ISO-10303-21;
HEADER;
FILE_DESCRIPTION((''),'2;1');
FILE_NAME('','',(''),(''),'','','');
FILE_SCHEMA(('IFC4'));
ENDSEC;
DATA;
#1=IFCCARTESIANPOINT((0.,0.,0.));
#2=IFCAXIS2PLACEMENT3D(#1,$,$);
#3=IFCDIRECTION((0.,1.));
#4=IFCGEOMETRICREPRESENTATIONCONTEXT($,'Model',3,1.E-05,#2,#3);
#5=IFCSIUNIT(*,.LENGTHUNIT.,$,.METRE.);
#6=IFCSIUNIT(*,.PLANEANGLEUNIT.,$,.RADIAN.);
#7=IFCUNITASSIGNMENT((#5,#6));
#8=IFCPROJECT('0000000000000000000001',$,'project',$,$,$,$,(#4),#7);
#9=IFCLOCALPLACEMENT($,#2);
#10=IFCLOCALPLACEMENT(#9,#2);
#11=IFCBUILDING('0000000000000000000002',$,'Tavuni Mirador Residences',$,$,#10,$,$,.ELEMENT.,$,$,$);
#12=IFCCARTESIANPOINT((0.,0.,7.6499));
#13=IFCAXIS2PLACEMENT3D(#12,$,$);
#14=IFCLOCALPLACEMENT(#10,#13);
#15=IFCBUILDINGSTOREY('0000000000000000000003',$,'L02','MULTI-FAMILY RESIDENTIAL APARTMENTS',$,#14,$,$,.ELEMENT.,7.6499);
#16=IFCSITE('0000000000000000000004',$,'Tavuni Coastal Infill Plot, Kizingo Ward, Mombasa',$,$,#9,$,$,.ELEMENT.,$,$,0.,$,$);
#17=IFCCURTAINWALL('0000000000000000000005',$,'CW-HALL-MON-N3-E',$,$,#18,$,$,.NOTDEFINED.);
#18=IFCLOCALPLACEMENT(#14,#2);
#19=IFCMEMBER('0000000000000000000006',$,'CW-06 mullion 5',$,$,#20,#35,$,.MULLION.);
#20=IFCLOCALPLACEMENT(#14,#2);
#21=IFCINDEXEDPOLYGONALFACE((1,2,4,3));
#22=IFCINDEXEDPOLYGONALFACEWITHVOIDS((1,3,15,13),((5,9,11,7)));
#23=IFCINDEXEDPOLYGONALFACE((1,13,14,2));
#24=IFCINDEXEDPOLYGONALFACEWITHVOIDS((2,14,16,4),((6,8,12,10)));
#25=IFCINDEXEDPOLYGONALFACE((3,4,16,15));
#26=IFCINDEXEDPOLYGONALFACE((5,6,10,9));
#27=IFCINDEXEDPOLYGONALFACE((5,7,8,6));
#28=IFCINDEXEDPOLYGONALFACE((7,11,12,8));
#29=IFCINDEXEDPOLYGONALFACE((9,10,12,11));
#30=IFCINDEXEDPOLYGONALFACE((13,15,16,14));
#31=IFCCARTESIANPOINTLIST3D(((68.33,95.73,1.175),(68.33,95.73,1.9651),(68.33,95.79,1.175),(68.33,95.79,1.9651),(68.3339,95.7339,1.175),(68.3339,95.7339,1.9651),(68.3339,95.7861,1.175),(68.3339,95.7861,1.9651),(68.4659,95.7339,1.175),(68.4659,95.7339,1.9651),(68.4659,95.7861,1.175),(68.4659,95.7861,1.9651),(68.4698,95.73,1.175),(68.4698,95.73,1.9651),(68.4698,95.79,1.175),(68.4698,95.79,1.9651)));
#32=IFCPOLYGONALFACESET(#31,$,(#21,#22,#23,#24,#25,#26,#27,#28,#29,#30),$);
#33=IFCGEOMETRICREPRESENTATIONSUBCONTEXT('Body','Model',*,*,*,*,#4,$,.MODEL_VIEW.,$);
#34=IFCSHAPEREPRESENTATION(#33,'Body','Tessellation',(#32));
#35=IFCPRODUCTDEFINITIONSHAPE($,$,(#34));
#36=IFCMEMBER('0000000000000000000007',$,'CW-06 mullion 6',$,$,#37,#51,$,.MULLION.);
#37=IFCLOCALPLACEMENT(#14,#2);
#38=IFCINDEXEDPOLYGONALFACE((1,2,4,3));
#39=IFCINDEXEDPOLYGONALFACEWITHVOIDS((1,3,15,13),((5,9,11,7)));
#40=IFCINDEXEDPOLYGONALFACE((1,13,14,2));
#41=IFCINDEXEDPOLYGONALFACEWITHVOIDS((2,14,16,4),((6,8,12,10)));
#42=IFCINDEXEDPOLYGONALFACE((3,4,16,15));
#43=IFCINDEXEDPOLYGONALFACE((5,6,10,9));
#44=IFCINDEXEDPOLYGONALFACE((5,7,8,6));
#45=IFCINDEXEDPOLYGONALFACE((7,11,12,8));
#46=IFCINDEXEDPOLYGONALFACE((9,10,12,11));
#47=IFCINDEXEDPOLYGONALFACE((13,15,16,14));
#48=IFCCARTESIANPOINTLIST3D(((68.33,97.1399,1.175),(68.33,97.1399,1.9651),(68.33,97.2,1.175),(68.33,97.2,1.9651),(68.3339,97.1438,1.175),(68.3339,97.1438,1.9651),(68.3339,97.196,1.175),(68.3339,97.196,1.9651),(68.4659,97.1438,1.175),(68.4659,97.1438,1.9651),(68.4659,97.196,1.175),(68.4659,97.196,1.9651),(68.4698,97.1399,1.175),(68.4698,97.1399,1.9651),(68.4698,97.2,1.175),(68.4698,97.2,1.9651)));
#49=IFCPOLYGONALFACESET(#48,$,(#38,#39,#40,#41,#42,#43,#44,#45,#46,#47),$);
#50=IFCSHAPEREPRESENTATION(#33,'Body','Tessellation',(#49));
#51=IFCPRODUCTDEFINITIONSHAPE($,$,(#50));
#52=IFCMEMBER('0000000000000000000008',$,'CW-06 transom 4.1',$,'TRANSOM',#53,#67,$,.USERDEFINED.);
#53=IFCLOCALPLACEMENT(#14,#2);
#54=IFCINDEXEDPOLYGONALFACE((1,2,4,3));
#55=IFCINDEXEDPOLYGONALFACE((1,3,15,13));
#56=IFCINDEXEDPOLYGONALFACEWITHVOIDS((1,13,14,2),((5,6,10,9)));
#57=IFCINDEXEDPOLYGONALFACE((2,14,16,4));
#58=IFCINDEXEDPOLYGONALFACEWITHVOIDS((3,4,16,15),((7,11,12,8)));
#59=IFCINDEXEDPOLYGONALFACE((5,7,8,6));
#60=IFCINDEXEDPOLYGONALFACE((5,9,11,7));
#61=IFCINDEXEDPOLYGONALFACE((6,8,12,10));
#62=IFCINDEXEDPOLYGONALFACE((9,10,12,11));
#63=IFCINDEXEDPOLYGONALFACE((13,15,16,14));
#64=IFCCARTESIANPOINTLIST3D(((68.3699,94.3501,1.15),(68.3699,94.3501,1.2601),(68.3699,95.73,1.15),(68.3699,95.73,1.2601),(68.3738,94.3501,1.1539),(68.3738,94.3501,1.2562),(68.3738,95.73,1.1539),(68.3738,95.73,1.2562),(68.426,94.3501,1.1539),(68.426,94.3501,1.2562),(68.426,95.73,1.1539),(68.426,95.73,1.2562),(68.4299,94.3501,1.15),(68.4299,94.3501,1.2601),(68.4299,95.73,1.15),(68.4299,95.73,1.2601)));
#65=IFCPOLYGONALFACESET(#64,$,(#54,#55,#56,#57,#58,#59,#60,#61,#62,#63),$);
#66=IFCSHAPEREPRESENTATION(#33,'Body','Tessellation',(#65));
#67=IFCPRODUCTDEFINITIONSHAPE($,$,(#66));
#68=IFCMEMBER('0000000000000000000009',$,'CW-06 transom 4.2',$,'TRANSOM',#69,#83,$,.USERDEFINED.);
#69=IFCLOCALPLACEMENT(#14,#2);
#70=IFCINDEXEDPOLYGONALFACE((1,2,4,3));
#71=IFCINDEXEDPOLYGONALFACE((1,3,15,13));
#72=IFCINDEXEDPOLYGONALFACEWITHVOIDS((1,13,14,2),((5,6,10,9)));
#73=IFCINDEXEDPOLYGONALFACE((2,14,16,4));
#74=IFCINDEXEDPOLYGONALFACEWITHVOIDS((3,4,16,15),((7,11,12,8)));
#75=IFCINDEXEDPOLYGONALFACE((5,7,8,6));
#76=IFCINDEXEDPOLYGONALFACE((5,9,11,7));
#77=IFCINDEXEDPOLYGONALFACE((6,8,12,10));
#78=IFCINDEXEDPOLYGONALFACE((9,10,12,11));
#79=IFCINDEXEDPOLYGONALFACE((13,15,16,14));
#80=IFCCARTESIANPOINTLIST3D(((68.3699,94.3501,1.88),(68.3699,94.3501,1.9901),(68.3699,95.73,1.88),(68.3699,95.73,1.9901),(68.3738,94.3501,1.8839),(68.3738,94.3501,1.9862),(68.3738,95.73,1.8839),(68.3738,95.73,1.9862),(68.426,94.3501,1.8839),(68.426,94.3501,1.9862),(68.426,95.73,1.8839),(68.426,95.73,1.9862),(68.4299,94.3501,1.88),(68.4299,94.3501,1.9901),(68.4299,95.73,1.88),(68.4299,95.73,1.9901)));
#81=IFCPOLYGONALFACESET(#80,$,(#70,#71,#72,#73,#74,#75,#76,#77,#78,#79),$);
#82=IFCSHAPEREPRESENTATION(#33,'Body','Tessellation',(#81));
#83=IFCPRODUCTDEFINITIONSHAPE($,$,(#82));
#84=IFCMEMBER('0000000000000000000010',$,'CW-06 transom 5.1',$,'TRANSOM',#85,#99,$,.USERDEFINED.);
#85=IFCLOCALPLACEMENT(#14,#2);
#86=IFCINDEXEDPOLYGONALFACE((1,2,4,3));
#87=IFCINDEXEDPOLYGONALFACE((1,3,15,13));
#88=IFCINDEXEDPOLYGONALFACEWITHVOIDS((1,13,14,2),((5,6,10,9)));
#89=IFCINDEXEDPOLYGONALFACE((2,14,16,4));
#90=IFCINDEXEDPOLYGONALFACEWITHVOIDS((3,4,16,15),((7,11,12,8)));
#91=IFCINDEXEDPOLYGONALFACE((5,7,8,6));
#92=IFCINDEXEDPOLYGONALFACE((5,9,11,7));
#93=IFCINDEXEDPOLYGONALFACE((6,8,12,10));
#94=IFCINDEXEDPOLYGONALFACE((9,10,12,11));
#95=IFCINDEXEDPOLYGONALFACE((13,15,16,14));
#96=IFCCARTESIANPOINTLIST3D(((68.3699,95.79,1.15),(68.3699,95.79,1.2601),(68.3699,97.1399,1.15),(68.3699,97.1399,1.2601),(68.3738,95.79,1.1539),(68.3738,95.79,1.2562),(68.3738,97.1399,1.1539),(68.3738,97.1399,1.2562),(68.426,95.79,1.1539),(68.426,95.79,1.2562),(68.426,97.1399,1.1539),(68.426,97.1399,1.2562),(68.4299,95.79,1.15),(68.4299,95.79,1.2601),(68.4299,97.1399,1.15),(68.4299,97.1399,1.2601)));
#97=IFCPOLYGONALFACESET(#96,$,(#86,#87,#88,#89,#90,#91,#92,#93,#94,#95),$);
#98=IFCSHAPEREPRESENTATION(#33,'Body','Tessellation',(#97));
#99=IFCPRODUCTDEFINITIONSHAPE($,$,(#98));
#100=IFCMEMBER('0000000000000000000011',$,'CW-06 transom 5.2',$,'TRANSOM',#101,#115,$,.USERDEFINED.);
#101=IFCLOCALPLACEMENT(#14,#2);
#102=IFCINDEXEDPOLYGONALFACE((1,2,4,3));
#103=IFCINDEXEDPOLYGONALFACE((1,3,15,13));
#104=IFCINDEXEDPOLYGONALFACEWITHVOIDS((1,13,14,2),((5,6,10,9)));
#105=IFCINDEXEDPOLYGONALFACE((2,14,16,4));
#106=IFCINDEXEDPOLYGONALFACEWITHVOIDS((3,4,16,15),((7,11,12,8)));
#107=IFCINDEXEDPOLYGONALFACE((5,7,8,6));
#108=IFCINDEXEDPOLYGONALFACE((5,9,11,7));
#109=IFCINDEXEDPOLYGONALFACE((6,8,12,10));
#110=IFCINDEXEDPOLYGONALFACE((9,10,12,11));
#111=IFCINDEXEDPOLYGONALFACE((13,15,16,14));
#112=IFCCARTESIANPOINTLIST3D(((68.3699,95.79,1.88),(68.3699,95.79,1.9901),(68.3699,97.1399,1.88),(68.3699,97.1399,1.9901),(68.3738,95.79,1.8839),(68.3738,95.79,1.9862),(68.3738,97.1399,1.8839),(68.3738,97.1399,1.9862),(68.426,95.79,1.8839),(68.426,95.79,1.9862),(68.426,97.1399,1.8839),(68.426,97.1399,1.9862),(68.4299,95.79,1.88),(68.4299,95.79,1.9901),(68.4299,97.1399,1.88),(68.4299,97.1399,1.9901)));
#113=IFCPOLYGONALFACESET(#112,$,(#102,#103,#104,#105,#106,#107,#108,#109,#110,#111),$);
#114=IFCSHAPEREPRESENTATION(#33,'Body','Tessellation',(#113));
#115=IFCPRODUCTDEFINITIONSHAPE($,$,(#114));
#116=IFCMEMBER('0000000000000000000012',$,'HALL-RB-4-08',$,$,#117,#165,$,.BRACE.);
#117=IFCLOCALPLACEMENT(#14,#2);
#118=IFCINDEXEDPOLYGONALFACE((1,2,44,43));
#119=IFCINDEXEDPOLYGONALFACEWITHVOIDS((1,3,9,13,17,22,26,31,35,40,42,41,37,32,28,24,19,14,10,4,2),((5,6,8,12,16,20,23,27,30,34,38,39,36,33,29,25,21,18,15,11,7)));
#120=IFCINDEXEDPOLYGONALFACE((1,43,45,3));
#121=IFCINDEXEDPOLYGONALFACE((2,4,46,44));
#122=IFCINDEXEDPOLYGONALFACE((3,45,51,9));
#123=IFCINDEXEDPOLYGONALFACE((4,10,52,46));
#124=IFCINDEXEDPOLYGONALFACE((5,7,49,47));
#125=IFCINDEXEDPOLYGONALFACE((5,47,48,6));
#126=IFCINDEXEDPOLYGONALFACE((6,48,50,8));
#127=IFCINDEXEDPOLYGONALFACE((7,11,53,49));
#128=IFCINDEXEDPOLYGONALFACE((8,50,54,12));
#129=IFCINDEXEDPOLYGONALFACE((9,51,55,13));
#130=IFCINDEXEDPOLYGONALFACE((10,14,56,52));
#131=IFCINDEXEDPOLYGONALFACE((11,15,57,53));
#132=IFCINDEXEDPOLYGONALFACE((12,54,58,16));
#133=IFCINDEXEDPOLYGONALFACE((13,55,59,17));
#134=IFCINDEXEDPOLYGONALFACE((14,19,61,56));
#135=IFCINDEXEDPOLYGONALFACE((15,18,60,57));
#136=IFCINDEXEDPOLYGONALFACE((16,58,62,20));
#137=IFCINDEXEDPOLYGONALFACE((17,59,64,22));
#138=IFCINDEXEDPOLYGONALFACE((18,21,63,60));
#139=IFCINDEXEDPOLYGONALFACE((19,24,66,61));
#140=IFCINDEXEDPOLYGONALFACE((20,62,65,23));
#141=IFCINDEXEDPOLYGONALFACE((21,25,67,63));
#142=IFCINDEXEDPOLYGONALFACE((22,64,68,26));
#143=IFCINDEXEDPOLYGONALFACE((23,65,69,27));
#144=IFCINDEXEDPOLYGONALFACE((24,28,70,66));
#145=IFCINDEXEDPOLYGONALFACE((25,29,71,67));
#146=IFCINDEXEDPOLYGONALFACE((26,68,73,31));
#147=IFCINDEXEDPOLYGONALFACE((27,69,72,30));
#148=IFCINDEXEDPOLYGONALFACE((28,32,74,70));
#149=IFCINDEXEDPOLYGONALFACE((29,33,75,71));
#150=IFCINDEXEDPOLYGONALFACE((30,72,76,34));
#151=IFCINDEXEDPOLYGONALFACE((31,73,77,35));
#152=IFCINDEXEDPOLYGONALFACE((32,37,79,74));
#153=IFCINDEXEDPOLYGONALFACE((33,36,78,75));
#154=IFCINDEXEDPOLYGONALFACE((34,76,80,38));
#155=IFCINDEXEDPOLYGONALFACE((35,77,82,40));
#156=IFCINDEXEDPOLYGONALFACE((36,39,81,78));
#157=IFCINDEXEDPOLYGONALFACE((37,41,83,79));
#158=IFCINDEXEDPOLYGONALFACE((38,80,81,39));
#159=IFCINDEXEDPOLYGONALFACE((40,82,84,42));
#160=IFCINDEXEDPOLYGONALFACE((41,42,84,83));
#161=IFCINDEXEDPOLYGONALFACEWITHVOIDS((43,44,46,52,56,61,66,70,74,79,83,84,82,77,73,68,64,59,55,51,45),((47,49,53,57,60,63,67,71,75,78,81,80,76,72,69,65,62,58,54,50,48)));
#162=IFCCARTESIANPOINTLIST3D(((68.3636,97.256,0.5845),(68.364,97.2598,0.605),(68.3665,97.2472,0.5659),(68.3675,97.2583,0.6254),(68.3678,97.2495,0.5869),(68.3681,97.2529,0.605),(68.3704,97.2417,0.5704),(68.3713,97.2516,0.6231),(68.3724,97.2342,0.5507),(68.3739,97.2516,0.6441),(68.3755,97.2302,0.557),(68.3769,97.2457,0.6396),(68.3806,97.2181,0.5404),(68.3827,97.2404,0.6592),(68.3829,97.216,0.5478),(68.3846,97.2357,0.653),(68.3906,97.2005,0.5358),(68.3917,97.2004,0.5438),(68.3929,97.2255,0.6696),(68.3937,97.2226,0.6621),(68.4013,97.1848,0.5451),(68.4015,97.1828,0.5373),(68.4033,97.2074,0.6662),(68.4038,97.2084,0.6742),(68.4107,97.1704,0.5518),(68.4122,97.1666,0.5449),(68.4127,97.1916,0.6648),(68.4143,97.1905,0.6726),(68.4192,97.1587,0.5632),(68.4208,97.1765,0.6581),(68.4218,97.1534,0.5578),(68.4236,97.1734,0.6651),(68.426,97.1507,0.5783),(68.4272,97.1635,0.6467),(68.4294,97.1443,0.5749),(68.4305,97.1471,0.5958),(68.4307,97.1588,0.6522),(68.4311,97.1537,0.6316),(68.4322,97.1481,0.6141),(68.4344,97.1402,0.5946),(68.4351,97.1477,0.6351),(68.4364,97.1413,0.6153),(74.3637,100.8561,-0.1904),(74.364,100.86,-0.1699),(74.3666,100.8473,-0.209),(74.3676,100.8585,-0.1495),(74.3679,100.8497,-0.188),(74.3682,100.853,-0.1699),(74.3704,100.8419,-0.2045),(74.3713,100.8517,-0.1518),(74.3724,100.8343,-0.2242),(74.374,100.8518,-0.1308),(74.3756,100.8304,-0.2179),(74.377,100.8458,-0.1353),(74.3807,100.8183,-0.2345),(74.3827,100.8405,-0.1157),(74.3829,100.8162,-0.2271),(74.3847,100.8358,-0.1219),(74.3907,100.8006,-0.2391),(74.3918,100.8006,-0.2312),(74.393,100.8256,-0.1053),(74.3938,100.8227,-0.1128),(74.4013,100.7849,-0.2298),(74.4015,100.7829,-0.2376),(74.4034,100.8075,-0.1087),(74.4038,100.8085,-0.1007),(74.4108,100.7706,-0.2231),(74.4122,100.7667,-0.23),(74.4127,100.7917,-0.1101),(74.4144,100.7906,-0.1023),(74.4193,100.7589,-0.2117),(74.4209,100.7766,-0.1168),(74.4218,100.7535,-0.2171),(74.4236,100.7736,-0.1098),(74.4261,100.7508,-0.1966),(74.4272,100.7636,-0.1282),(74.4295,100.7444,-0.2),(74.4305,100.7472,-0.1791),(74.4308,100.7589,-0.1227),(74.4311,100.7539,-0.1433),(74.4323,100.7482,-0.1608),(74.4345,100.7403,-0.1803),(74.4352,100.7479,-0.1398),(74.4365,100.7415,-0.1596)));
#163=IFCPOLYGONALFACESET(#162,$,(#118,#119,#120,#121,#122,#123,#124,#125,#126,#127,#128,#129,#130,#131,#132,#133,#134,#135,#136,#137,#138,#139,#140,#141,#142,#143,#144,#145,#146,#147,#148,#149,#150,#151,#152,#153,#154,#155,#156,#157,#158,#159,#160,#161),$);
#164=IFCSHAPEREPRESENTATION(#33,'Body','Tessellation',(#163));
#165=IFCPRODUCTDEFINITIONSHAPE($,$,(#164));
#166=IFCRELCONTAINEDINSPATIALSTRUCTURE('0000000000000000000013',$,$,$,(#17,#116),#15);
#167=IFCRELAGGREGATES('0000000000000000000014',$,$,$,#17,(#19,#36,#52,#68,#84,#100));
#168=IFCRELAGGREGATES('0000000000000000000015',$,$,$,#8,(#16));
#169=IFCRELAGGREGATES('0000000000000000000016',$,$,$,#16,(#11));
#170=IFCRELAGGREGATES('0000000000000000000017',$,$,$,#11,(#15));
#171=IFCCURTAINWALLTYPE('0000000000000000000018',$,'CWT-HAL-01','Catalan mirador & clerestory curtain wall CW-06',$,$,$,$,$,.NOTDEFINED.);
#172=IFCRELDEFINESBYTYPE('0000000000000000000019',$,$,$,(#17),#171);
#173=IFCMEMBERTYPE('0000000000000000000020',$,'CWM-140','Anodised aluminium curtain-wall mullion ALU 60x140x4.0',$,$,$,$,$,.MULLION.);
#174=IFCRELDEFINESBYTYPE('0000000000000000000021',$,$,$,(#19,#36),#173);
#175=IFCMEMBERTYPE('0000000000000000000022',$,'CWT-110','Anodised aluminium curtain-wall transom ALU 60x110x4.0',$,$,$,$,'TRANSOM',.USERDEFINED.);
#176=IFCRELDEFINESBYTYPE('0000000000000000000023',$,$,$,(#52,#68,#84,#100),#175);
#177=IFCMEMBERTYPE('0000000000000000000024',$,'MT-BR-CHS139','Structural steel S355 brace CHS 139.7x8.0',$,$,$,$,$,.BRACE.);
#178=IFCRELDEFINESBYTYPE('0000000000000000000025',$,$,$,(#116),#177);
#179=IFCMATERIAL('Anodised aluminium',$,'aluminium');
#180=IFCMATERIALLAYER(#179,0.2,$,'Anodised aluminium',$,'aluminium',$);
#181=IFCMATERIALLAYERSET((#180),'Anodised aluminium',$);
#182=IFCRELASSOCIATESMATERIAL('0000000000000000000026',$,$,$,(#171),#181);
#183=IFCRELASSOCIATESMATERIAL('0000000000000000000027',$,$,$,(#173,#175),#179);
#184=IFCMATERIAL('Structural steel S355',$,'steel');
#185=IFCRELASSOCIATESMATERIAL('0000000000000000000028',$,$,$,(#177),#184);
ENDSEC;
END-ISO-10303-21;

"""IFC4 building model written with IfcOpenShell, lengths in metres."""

from ifc_helpers import new_model, si_unit, direction, frame, origin, origin_2d, place, context, subcontext, project, spatial, hollow_rectangle, hollow_circle, extrude, material, layer, layer_set, material_profile, profile_set, type_object, element, aggregate, save


model = new_model("IFC4")

# Units and contexts
model_context = context("Model", 3, precision=1e-05, world=origin(), true_north=direction((0.0, 1.0)))
body_context = subcontext(model_context, "Body", "Model", "MODEL_VIEW")
ifc_project = project(units=[si_unit("LENGTHUNIT", "METRE"), si_unit("PLANEANGLEUNIT", "RADIAN")], contexts=[model_context])

# Site, building, storey
site_placement = place(None, origin())
site = spatial("IfcSite", under=ifc_project, at=site_placement, Name="Tavuni Coastal Infill Plot, Kizingo Ward, Mombasa", CompositionType="ELEMENT", RefElevation=0.0)
building_placement = place(site_placement, origin())
building = spatial("IfcBuilding", under=site, at=building_placement, Name="Tavuni Mirador Residences", CompositionType="ELEMENT")
storey_placement = place(building_placement, frame((0.0, 0.0, 7.6499)))
storey = spatial("IfcBuildingStorey", under=building, at=storey_placement, Name="L02", Description="MULTI-FAMILY RESIDENTIAL APARTMENTS", CompositionType="ELEMENT", Elevation=7.6499)

# Curtain wall, members
ifc_material_1 = material(Name="Anodised aluminium", Category="aluminium")
ifc_layer_1 = layer(ifc_material_1, 0.2, Name="Anodised aluminium", Category="aluminium")
ifc_layer_set_1 = layer_set([ifc_layer_1], Name="Anodised aluminium")
curtain_wall_type = type_object("IfcCurtainWallType", Name="CWT-HAL-01", Description="Catalan mirador & clerestory curtain wall CW-06", PredefinedType="NOTDEFINED", material=ifc_layer_set_1)
curtain_wall_placement = place(storey_placement, origin())
curtain_wall = element("IfcCurtainWall", 1, at=curtain_wall_placement, inside=storey, type_object=curtain_wall_type, Name="CW-HALL-MON-N3-E", PredefinedType="NOTDEFINED")
ifc_material_profile_1 = material_profile(ifc_material_1, hollow_rectangle(XDim=0.0601, YDim=0.1399, WallThickness=0.0039, at=origin_2d()), Name="ALU 60x140x4.0", Category="aluminium")
ifc_profile_set_1 = profile_set([ifc_material_profile_1], Name="Anodised aluminium")
member_type_1 = type_object("IfcMemberType", Name="CWM-140", Description="Anodised aluminium curtain-wall mullion ALU 60x140x4.0", PredefinedType="MULLION", material=ifc_profile_set_1)
member_1_placement = place(storey_placement, frame((68.3999, 95.76, 1.175), z_axis=(0.0, 0.0, 1.0), x_axis=(0.0, 1.0, 0.0)))
member_1 = element("IfcMember", 2, at=member_1_placement, type_object=member_type_1, Name="CW-06 mullion 5", PredefinedType="MULLION", context=body_context, shape_type="SweptSolid", body=[
    extrude(hollow_rectangle(XDim=0.0601, YDim=0.1399, WallThickness=0.0039, at=origin_2d()), origin(), (0.0, 0.0, 1.0), 0.79),
])
member_2_placement = place(storey_placement, frame((68.3999, 97.1699, 1.175), z_axis=(0.0, 0.0, 1.0), x_axis=(0.0, 1.0, 0.0)))
member_2 = element("IfcMember", 3, at=member_2_placement, type_object=member_type_1, Name="CW-06 mullion 6", PredefinedType="MULLION", context=body_context, shape_type="SweptSolid", body=[
    extrude(hollow_rectangle(XDim=0.0601, YDim=0.1399, WallThickness=0.0039, at=origin_2d()), origin(), (0.0, 0.0, 1.0), 0.79),
])
ifc_material_profile_2 = material_profile(ifc_material_1, hollow_rectangle(XDim=0.0601, YDim=0.1101, WallThickness=0.0039, at=origin_2d()), Name="ALU 60x110x4.0", Category="aluminium")
ifc_profile_set_2 = profile_set([ifc_material_profile_2], Name="Anodised aluminium")
member_type_2 = type_object("IfcMemberType", Name="CWT-110", Description="Anodised aluminium curtain-wall transom ALU 60x110x4.0", ElementType="TRANSOM", PredefinedType="USERDEFINED", material=ifc_profile_set_2)
member_3_placement = place(storey_placement, frame((68.3999, 94.3501, 1.2051), z_axis=(0.0, 1.0, 0.0), x_axis=(-1.0, 0.0, 0.0)))
member_3 = element("IfcMember", 4, at=member_3_placement, type_object=member_type_2, Name="CW-06 transom 4.1", ObjectType="TRANSOM", PredefinedType="USERDEFINED", context=body_context, shape_type="SweptSolid", body=[
    extrude(hollow_rectangle(XDim=0.0601, YDim=0.1101, WallThickness=0.0039, at=origin_2d()), origin(), (0.0, 0.0, 1.0), 1.3799),
])
member_4_placement = place(storey_placement, frame((68.3999, 94.3501, 1.9351), z_axis=(0.0, 1.0, 0.0), x_axis=(-1.0, 0.0, 0.0)))
member_4 = element("IfcMember", 5, at=member_4_placement, type_object=member_type_2, Name="CW-06 transom 4.2", ObjectType="TRANSOM", PredefinedType="USERDEFINED", context=body_context, shape_type="SweptSolid", body=[
    extrude(hollow_rectangle(XDim=0.0601, YDim=0.1101, WallThickness=0.0039, at=origin_2d()), origin(), (0.0, 0.0, 1.0), 1.3799),
])
member_5_placement = place(storey_placement, frame((68.3999, 95.79, 1.2051), z_axis=(0.0, 1.0, 0.0), x_axis=(-1.0, 0.0, 0.0)))
member_5 = element("IfcMember", 6, at=member_5_placement, type_object=member_type_2, Name="CW-06 transom 5.1", ObjectType="TRANSOM", PredefinedType="USERDEFINED", context=body_context, shape_type="SweptSolid", body=[
    extrude(hollow_rectangle(XDim=0.0601, YDim=0.1101, WallThickness=0.0039, at=origin_2d()), origin(), (0.0, 0.0, 1.0), 1.3499),
])
member_6_placement = place(storey_placement, frame((68.3999, 95.79, 1.9351), z_axis=(0.0, 1.0, 0.0), x_axis=(-1.0, 0.0, 0.0)))
member_6 = element("IfcMember", 7, at=member_6_placement, type_object=member_type_2, Name="CW-06 transom 5.2", ObjectType="TRANSOM", PredefinedType="USERDEFINED", context=body_context, shape_type="SweptSolid", body=[
    extrude(hollow_rectangle(XDim=0.0601, YDim=0.1101, WallThickness=0.0039, at=origin_2d()), origin(), (0.0, 0.0, 1.0), 1.3499),
])

# Member
ifc_material_2 = material(Name="Structural steel S355", Category="steel")
ifc_material_profile_3 = material_profile(ifc_material_2, hollow_circle(Radius=0.0698, WallThickness=0.0081, at=origin_2d()), Name="CHS 139.7x8.0", Category="steel")
ifc_profile_set_3 = profile_set([ifc_material_profile_3], Name="Structural steel S355")
member_type_3 = type_object("IfcMemberType", Name="MT-BR-CHS139", Description="Structural steel S355 brace CHS 139.7x8.0", PredefinedType="BRACE", material=ifc_profile_set_3)
member_7_placement = place(storey_placement, frame((68.3999, 97.2, 0.605), z_axis=(0.852276, 0.51138, -0.110072), x_axis=(-0.514506, 0.857487, 0.0)))
element("IfcMember", 8, at=member_7_placement, inside=storey, type_object=member_type_3, Name="HALL-RB-4-08", PredefinedType="BRACE", context=body_context, shape_type="SweptSolid", body=[
    extrude(hollow_circle(Radius=0.0698, WallThickness=0.0081, at=origin_2d()), origin(), (0.0, 0.0, 1.0), 7.04),
])

aggregate(curtain_wall, [member_1, member_2, member_3, member_4, member_5, member_6])

save(model, "model.ifc")
